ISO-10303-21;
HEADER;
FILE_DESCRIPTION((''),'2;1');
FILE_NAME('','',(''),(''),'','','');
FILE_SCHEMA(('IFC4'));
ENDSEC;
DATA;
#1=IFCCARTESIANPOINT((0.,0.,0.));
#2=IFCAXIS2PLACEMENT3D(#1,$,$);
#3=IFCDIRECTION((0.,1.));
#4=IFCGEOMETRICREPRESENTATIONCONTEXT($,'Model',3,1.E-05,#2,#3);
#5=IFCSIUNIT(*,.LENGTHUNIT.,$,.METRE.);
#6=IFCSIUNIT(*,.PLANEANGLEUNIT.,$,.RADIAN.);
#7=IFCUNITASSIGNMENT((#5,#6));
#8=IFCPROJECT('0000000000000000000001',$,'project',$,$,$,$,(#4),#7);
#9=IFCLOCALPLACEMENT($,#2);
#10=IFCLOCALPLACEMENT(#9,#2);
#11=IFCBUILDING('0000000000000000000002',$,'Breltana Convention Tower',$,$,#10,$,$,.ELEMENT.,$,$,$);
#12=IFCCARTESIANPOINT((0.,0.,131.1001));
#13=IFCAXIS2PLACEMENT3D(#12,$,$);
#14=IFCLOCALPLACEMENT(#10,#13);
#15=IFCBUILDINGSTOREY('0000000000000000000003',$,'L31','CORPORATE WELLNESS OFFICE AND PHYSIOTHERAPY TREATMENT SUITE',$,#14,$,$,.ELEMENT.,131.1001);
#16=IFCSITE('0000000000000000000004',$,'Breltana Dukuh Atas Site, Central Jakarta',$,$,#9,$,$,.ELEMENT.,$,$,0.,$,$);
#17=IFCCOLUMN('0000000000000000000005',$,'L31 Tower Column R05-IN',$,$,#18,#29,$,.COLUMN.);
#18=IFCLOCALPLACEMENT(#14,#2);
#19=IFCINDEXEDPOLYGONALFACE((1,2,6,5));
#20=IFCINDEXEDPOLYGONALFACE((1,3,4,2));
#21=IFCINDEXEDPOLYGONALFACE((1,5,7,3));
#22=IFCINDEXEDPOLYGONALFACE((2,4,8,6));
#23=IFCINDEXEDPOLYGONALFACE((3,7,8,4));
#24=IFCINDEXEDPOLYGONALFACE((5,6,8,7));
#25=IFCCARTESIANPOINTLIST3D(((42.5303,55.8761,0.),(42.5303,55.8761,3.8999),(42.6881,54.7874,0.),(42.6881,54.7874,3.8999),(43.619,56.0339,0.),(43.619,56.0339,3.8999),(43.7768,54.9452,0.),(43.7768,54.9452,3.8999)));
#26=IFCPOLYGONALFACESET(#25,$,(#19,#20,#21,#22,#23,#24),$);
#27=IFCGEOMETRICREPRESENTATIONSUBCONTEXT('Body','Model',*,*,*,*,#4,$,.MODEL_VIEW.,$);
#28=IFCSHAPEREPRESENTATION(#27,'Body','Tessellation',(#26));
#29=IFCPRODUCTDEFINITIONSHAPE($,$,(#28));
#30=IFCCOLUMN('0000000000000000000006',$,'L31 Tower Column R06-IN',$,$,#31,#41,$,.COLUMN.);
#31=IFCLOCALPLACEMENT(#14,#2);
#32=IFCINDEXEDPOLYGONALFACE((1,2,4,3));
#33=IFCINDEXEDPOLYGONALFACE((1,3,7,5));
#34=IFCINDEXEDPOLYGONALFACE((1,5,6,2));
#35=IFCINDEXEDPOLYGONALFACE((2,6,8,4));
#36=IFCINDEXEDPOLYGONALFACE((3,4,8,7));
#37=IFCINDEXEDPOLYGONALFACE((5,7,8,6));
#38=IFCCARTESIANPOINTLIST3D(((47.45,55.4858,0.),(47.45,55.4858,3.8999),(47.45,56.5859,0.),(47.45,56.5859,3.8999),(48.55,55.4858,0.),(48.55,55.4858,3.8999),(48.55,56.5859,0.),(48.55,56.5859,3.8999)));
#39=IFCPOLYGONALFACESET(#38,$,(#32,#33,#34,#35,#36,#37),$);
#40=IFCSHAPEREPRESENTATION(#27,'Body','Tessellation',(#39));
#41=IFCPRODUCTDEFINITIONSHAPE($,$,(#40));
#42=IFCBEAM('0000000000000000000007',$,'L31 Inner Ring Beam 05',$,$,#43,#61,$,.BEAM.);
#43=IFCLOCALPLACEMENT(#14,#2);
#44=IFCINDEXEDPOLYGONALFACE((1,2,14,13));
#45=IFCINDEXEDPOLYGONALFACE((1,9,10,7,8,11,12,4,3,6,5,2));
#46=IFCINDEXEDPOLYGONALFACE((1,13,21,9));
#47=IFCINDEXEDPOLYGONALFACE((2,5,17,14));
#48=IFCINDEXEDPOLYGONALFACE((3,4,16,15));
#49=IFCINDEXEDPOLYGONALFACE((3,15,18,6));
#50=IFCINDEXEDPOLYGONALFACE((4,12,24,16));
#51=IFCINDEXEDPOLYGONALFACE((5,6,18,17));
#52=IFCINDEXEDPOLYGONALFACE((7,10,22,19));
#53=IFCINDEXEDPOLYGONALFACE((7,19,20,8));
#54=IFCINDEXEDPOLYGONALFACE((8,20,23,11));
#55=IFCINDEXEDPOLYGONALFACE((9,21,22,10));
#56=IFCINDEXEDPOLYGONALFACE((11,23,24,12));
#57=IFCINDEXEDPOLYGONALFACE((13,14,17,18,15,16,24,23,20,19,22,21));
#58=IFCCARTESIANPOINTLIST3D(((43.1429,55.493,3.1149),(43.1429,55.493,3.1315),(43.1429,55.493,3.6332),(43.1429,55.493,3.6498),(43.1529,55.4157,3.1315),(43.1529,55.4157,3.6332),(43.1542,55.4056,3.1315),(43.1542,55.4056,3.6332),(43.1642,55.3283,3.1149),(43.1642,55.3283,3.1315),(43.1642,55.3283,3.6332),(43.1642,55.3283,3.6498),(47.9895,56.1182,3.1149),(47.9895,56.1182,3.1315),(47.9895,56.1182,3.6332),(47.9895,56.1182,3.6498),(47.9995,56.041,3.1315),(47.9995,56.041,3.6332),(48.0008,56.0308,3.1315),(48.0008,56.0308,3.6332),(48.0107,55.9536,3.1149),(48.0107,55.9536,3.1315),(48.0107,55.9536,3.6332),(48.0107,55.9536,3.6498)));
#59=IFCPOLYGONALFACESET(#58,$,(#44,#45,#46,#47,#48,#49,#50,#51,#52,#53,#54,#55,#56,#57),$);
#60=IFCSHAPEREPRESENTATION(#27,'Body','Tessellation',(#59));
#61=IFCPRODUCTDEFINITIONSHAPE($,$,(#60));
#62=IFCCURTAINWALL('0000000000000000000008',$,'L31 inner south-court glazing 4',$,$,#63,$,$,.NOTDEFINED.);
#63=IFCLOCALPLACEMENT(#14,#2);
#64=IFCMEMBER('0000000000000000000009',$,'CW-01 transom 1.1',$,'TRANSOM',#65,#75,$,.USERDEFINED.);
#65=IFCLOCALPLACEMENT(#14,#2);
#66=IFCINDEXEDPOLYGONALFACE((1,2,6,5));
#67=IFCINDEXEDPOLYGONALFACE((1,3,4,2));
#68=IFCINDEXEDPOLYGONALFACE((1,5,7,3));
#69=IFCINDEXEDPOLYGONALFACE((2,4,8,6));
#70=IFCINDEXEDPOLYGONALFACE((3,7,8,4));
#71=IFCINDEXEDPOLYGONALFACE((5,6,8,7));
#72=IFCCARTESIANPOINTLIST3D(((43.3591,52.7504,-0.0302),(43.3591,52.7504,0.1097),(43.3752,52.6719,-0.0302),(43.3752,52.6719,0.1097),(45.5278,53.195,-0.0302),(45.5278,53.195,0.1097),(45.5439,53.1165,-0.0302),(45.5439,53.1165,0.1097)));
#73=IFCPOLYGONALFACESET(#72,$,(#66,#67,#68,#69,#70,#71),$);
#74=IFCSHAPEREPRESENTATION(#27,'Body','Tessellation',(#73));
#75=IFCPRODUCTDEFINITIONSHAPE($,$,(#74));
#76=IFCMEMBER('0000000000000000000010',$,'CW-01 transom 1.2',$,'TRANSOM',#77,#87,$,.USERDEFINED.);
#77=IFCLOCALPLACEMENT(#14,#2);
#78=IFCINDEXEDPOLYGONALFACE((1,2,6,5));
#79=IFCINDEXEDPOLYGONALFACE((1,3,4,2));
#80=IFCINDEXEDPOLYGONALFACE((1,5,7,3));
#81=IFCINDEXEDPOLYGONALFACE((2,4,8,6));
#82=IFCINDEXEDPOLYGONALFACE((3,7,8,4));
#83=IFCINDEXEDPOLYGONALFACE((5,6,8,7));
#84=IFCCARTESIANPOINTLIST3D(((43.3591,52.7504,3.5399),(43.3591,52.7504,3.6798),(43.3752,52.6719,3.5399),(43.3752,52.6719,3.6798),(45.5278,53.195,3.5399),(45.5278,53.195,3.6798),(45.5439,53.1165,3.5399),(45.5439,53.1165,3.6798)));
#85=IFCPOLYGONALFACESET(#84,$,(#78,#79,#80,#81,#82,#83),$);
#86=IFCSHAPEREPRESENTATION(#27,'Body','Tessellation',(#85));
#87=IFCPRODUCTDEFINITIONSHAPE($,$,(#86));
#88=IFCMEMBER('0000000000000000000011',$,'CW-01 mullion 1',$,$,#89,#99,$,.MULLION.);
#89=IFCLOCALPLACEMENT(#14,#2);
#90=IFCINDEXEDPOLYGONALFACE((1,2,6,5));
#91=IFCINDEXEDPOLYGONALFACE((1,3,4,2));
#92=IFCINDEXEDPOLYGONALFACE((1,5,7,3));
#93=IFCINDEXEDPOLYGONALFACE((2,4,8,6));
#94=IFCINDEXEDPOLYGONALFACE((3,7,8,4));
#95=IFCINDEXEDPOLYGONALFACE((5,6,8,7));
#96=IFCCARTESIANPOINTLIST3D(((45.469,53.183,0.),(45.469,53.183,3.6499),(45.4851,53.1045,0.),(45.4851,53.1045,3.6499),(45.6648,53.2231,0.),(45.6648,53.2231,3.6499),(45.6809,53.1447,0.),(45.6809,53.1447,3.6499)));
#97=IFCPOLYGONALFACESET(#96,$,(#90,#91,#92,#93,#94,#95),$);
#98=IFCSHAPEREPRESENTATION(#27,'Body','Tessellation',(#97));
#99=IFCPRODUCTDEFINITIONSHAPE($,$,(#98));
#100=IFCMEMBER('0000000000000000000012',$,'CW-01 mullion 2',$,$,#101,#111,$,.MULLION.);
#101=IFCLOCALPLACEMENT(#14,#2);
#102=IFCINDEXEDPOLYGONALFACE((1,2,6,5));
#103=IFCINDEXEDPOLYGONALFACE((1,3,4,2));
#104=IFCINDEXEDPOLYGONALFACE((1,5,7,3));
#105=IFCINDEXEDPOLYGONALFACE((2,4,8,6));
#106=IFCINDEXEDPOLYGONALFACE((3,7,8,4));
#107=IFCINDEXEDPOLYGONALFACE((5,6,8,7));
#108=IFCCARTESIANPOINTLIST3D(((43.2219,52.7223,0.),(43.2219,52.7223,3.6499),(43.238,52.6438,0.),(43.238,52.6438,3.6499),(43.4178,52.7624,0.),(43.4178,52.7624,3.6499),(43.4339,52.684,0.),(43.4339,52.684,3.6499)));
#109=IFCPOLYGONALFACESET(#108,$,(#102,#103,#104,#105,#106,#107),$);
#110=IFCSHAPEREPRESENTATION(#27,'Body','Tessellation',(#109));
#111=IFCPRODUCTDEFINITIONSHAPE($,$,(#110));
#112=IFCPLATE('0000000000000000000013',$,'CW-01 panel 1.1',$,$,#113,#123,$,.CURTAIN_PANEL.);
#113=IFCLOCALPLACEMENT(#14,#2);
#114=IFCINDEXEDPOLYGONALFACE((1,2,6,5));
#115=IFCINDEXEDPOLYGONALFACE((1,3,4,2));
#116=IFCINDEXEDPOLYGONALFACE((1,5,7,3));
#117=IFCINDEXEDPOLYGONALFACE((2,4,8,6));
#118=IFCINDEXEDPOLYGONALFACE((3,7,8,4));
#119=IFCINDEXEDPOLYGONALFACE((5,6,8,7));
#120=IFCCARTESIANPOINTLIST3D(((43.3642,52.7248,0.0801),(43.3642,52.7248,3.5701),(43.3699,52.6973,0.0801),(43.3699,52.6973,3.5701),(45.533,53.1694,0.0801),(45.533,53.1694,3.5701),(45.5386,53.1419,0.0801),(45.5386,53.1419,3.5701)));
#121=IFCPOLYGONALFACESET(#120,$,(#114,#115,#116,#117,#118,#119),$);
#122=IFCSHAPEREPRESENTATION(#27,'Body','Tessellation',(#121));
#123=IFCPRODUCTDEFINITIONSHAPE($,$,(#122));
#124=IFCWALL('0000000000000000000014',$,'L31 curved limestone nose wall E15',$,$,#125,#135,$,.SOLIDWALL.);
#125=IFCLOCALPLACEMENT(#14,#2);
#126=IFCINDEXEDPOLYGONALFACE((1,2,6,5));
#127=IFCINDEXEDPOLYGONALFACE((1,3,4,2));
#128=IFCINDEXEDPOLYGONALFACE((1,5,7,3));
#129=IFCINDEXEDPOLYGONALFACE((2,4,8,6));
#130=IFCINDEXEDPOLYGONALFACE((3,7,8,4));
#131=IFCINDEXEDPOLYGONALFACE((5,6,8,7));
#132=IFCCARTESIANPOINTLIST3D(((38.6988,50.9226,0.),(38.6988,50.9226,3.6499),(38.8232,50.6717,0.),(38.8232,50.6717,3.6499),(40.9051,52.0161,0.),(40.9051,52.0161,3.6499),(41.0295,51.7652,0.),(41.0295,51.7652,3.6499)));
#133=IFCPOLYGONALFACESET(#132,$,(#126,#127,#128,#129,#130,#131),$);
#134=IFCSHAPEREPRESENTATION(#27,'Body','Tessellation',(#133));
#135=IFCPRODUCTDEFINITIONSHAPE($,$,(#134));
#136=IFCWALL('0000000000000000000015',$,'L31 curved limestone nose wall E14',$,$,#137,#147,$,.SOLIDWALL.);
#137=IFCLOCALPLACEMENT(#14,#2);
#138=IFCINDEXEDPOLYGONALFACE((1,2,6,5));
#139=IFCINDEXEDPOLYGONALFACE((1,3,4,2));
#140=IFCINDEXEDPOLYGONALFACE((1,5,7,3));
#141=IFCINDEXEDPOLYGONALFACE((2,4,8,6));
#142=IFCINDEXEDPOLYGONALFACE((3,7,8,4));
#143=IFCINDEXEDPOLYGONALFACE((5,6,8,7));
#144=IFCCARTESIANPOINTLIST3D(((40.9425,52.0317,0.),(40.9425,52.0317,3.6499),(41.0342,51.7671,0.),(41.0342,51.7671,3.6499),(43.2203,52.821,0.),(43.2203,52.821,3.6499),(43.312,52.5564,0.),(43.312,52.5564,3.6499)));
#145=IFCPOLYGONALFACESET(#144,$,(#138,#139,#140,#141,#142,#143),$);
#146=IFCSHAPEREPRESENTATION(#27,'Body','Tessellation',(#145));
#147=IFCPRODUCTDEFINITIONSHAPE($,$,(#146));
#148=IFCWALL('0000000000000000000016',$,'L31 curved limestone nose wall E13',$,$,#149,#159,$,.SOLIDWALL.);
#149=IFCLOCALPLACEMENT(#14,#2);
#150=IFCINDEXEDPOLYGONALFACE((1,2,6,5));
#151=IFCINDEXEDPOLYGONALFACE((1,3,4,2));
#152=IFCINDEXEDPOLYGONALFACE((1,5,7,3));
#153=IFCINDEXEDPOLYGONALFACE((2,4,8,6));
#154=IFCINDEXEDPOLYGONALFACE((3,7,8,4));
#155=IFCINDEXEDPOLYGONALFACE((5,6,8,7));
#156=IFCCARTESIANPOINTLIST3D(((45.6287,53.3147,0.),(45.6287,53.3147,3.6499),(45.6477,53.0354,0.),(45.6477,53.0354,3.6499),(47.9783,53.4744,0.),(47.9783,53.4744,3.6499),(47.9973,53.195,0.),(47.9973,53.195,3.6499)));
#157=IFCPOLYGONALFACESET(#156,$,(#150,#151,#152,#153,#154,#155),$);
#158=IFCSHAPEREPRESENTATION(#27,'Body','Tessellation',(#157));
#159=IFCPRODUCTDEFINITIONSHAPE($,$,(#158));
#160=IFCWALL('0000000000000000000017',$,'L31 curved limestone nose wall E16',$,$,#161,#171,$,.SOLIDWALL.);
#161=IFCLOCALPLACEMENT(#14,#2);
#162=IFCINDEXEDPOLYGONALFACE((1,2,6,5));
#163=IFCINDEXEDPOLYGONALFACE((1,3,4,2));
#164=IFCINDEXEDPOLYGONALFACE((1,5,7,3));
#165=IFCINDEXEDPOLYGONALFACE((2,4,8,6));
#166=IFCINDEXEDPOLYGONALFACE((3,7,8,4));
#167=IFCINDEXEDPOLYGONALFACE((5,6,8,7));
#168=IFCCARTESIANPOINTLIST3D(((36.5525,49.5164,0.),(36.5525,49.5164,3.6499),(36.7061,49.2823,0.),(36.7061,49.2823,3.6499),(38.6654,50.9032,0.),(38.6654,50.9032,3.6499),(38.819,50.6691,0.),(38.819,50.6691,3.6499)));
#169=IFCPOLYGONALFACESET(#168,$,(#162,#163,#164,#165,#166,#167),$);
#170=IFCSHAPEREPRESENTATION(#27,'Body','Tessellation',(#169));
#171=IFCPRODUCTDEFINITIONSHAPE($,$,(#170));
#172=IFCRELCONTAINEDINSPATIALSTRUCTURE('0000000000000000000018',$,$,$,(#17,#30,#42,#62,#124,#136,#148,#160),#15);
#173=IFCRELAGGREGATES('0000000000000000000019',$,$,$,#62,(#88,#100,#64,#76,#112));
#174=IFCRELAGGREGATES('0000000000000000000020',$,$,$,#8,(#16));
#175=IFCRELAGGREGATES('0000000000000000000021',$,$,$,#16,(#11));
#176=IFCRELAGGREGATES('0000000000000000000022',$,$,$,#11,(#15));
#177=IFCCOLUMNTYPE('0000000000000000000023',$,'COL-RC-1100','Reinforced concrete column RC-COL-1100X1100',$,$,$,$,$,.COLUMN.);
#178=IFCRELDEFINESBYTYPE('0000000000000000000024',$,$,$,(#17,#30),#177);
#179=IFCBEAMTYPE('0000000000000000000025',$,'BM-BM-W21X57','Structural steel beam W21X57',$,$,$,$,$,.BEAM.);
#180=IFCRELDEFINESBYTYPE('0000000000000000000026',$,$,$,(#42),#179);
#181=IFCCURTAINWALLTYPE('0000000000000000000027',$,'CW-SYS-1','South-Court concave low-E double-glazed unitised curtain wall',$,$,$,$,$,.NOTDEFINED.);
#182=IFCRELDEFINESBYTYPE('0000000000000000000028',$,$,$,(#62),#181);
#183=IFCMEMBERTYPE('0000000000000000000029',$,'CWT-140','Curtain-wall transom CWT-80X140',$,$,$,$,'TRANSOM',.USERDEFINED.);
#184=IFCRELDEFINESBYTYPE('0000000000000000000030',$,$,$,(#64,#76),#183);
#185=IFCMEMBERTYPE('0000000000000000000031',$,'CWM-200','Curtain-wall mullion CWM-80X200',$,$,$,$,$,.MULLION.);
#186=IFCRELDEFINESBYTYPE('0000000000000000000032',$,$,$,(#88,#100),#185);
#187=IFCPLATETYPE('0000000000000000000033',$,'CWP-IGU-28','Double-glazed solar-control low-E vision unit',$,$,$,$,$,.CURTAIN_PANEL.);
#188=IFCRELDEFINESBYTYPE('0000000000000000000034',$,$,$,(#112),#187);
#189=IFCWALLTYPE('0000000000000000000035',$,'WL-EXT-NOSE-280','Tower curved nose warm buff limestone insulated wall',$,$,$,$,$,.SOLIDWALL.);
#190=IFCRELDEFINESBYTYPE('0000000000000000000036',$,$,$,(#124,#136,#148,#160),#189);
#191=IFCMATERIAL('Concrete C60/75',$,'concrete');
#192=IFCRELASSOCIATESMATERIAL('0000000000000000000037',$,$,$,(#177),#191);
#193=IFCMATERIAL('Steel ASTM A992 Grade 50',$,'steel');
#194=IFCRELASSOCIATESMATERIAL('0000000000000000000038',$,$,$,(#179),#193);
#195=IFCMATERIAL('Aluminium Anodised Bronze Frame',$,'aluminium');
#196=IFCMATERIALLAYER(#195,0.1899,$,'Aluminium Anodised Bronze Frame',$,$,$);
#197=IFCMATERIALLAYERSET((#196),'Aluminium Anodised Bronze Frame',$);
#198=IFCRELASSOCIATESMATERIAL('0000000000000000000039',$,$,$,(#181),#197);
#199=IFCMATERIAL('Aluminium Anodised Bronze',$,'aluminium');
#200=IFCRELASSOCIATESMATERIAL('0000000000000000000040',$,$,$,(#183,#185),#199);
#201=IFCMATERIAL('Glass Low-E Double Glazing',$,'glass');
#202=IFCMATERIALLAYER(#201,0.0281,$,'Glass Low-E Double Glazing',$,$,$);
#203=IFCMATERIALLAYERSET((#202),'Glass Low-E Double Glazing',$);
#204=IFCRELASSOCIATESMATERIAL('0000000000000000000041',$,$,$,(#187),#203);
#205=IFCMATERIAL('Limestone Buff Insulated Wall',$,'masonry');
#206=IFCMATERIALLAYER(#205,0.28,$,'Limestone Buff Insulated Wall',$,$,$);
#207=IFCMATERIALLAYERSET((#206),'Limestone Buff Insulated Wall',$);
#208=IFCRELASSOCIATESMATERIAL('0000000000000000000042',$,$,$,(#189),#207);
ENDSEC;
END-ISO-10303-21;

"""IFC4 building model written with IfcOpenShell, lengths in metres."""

from ifc_helpers import new_model, si_unit, direction, frame, frame_2d, origin, origin_2d, place, context, subcontext, project, spatial, rectangle, i_section, extrude, source, transform, mapped, material, layer, layer_set, material_profile, profile_set, type_object, element, aggregate, save


model = new_model("IFC4")

# Units and contexts
model_context = context("Model", 3, precision=1e-05, world=origin(), true_north=direction((0.0, 1.0)))
body_context = subcontext(model_context, "Body", "Model", "MODEL_VIEW")
ifc_project = project(units=[si_unit("LENGTHUNIT", "METRE"), si_unit("PLANEANGLEUNIT", "RADIAN")], contexts=[model_context])

# Site, building, storey
site_placement = place(None, origin())
site = spatial("IfcSite", under=ifc_project, at=site_placement, Name="Breltana Dukuh Atas Site, Central Jakarta", CompositionType="ELEMENT", RefElevation=0.0)
building_placement = place(site_placement, origin())
building = spatial("IfcBuilding", under=site, at=building_placement, Name="Breltana Convention Tower", CompositionType="ELEMENT")
storey_placement = place(building_placement, frame((0.0, 0.0, 131.1001)))
storey = spatial("IfcBuildingStorey", under=building, at=storey_placement, Name="L31", Description="CORPORATE WELLNESS OFFICE AND PHYSIOTHERAPY TREATMENT SUITE", CompositionType="ELEMENT", Elevation=131.1001)

# Columns
ifc_material_1 = material(Name="Concrete C60/75", Category="concrete")
ifc_material_profile_1 = material_profile(ifc_material_1, rectangle(XDim=1.1001, YDim=1.1001, at=origin_2d()), Name="RC-COL-1100X1100")
ifc_profile_set_1 = profile_set([ifc_material_profile_1], Name="Concrete C60/75")
column_type = type_object("IfcColumnType", Name="COL-RC-1100", Description="Reinforced concrete column RC-COL-1100X1100", PredefinedType="COLUMN", material=ifc_profile_set_1)
shared_shape_1 = source(origin(), body_context, "Body", "SweptSolid", [
    extrude(rectangle(XDim=1.1001, YDim=1.1001, at=origin_2d()), origin(), (0.0, 0.0, 1.0), 3.8999),
])
for number, where, z_axis, x_axis, name in (
    (1, (43.1536, 55.4106, 0.0), (0.0, 0.0, 1.0), (-0.143493, 0.989651, 0.0), "L31 Tower Column R05-IN"),
    (2, (48.0, 56.0359, 0.0), (0.0, 0.0, 1.0), (0.0, 1.0, 0.0), "L31 Tower Column R06-IN"),
):
    element("IfcColumn", number, at=place(storey_placement, frame(where, z_axis=z_axis, x_axis=x_axis)), inside=storey, type_object=column_type, Name=name, PredefinedType="COLUMN", context=body_context, shape_type="MappedRepresentation", body=[
        mapped(shared_shape_1, transform((0.0, 0.0, 0.0), scale=1.0)),
    ])

# Beam
ifc_material_2 = material(Name="Steel ASTM A992 Grade 50", Category="steel")
ifc_material_profile_2 = material_profile(ifc_material_2, i_section(OverallWidth=0.166, OverallDepth=0.5349, WebThickness=0.0103, FlangeThickness=0.0166, at=origin_2d()), Name="W21X57")
ifc_profile_set_2 = profile_set([ifc_material_profile_2], Name="Steel ASTM A992 Grade 50")
beam_type = type_object("IfcBeamType", Name="BM-BM-W21X57", Description="Structural steel beam W21X57", PredefinedType="BEAM", material=ifc_profile_set_2)
shared_shape_2 = source(origin(), body_context, "Body", "SweptSolid", [
    extrude(i_section(OverallWidth=0.166, OverallDepth=0.5349, WebThickness=0.0103, FlangeThickness=0.0166, at=origin_2d()), origin(), (0.0, 0.0, 1.0), 4.8867),
])
beam_placement = place(storey_placement, frame((43.1536, 55.4106, 3.3823), z_axis=(0.991781, 0.127951, 0.0), x_axis=(-0.127951, 0.991781, 0.0)))
element("IfcBeam", 3, at=beam_placement, inside=storey, type_object=beam_type, Name="L31 Inner Ring Beam 05", PredefinedType="BEAM", context=body_context, shape_type="MappedRepresentation", body=[
    mapped(shared_shape_2, transform((0.0, 0.0, 0.0), scale=1.0)),
])

# Curtain wall, members, plate
ifc_material_3 = material(Name="Aluminium Anodised Bronze Frame", Category="aluminium")
ifc_layer_1 = layer(ifc_material_3, 0.1899, Name="Aluminium Anodised Bronze Frame")
ifc_layer_set_1 = layer_set([ifc_layer_1], Name="Aluminium Anodised Bronze Frame")
curtain_wall_type = type_object("IfcCurtainWallType", Name="CW-SYS-1", Description="South-Court concave low-E double-glazed unitised curtain wall", PredefinedType="NOTDEFINED", material=ifc_layer_set_1)
curtain_wall_placement = place(storey_placement, origin())
curtain_wall = element("IfcCurtainWall", 4, at=curtain_wall_placement, inside=storey, type_object=curtain_wall_type, Name="L31 inner south-court glazing 4", PredefinedType="NOTDEFINED")
ifc_material_4 = material(Name="Aluminium Anodised Bronze", Category="aluminium")
ifc_material_profile_3 = material_profile(ifc_material_4, rectangle(XDim=0.0801, YDim=0.1399, at=origin_2d()), Name="CWT-80X140")
ifc_profile_set_3 = profile_set([ifc_material_profile_3], Name="Aluminium Anodised Bronze")
member_type_1 = type_object("IfcMemberType", Name="CWT-140", Description="Curtain-wall transom CWT-80X140", ElementType="TRANSOM", PredefinedType="USERDEFINED", material=ifc_profile_set_3)
shared_shape_3 = source(origin(), body_context, "Body", "SweptSolid", [
    extrude(rectangle(XDim=0.0801, YDim=0.1399, at=origin_2d()), origin(), (0.0, 0.0, 1.0), 2.2139),
])
member_1_placement = place(storey_placement, frame((45.5359, 53.1558, 0.0398), z_axis=(-0.979628, -0.200822, 0.0), x_axis=(0.200822, -0.979628, 0.0)))
member_1 = element("IfcMember", 5, at=member_1_placement, type_object=member_type_1, Name="CW-01 transom 1.1", ObjectType="TRANSOM", PredefinedType="USERDEFINED", context=body_context, shape_type="MappedRepresentation", body=[
    mapped(shared_shape_3, transform((0.0, 0.0, 0.0), scale=1.0)),
])
member_2_placement = place(storey_placement, frame((45.5359, 53.1558, 3.6099), z_axis=(-0.979628, -0.200822, 0.0), x_axis=(0.200822, -0.979628, 0.0)))
member_2 = element("IfcMember", 6, at=member_2_placement, type_object=member_type_1, Name="CW-01 transom 1.2", ObjectType="TRANSOM", PredefinedType="USERDEFINED", context=body_context, shape_type="MappedRepresentation", body=[
    mapped(shared_shape_3, transform((0.0, 0.0, 0.0), scale=1.0)),
])
ifc_material_profile_4 = material_profile(ifc_material_4, rectangle(XDim=0.0801, YDim=0.2, at=origin_2d()), Name="CWM-80X200")
ifc_profile_set_4 = profile_set([ifc_material_profile_4], Name="Aluminium Anodised Bronze")
member_type_2 = type_object("IfcMemberType", Name="CWM-200", Description="Curtain-wall mullion CWM-80X200", PredefinedType="MULLION", material=ifc_profile_set_4)
shared_shape_4 = source(origin(), body_context, "Body", "SweptSolid", [
    extrude(rectangle(XDim=0.0801, YDim=0.2, at=origin_2d()), origin(), (0.0, 0.0, 1.0), 3.6499),
])
member_3_placement = place(storey_placement, frame((45.575, 53.1638, 0.0), z_axis=(0.0, 0.0, 1.0), x_axis=(0.200853, -0.979621, 0.0)))
member_3 = element("IfcMember", 7, at=member_3_placement, type_object=member_type_2, Name="CW-01 mullion 1", PredefinedType="MULLION", context=body_context, shape_type="MappedRepresentation", body=[
    mapped(shared_shape_4, transform((0.0, 0.0, 0.0), scale=1.0)),
])
member_4_placement = place(storey_placement, frame((43.3279, 52.7031, 0.0), z_axis=(0.0, 0.0, 1.0), x_axis=(0.200853, -0.979621, 0.0)))
member_4 = element("IfcMember", 8, at=member_4_placement, type_object=member_type_2, Name="CW-01 mullion 2", PredefinedType="MULLION", context=body_context, shape_type="MappedRepresentation", body=[
    mapped(shared_shape_4, transform((0.0, 0.0, 0.0), scale=1.0)),
])
ifc_material_5 = material(Name="Glass Low-E Double Glazing", Category="glass")
ifc_layer_2 = layer(ifc_material_5, 0.0281, Name="Glass Low-E Double Glazing")
ifc_layer_set_2 = layer_set([ifc_layer_2], Name="Glass Low-E Double Glazing")
plate_type = type_object("IfcPlateType", Name="CWP-IGU-28", Description="Double-glazed solar-control low-E vision unit", PredefinedType="CURTAIN_PANEL", material=ifc_layer_set_2)
shared_shape_5 = source(origin(), body_context, "Body", "SweptSolid", [
    extrude(rectangle(XDim=2.2139, YDim=0.0281, at=origin_2d()), origin(), (0.0, 0.0, 1.0), 3.49),
])
plate_placement = place(storey_placement, frame((44.4514, 52.9333, 0.0801), z_axis=(0.0, 0.0, 1.0), x_axis=(-0.979621, -0.200853, 0.0)))
plate = element("IfcPlate", 9, at=plate_placement, type_object=plate_type, Name="CW-01 panel 1.1", PredefinedType="CURTAIN_PANEL", context=body_context, shape_type="MappedRepresentation", body=[
    mapped(shared_shape_5, transform((0.0, 0.0, 0.0), scale=1.0)),
])
aggregate(curtain_wall, [member_3, member_4, member_1, member_2, plate])

# Walls
ifc_material_6 = material(Name="Limestone Buff Insulated Wall", Category="masonry")
ifc_layer_3 = layer(ifc_material_6, 0.28, Name="Limestone Buff Insulated Wall")
ifc_layer_set_3 = layer_set([ifc_layer_3], Name="Limestone Buff Insulated Wall")
wall_type_1 = type_object("IfcWallType", Name="WL-EXT-NOSE-280", Description="Tower curved nose warm buff limestone insulated wall", PredefinedType="SOLIDWALL", material=ifc_layer_set_3)
shared_shape_6 = source(origin(), body_context, "Body", "SweptSolid", [
    extrude(rectangle(XDim=2.4624, YDim=0.28, at=frame_2d((1.2312, 0.0))), origin(), (0.0, 0.0, 1.0), 3.6499),
])
wall_1_placement = place(storey_placement, frame((40.9673, 51.8906, 0.0), z_axis=(0.0, 0.0, 1.0), x_axis=(-0.895988, -0.444078, 0.0)))
element("IfcWall", 10, at=wall_1_placement, inside=storey, type_object=wall_type_1, Name="L31 curved limestone nose wall E15", PredefinedType="SOLIDWALL", context=body_context, shape_type="MappedRepresentation", body=[
    mapped(shared_shape_6, transform((0.0, 0.0, 0.0), scale=1.0)),
])
shared_shape_7 = source(origin(), body_context, "Body", "SweptSolid", [
    extrude(rectangle(XDim=2.4106, YDim=0.28, at=frame_2d((1.2053, 0.0))), origin(), (0.0, 0.0, 1.0), 3.6499),
])
wall_2_placement = place(storey_placement, frame((43.2661, 52.6887, 0.0), z_axis=(0.0, 0.0, 1.0), x_axis=(-0.94488, -0.327417, 0.0)))
element("IfcWall", 11, at=wall_2_placement, inside=storey, type_object=wall_type_1, Name="L31 curved limestone nose wall E14", PredefinedType="SOLIDWALL", context=body_context, shape_type="MappedRepresentation", body=[
    mapped(shared_shape_7, transform((0.0, 0.0, 0.0), scale=1.0)),
])
shared_shape_8 = source(origin(), body_context, "Body", "SweptSolid", [
    extrude(rectangle(XDim=2.355, YDim=0.28, at=frame_2d((1.1775, 0.0))), origin(), (0.0, 0.0, 1.0), 3.6499),
])
wall_3_placement = place(storey_placement, frame((47.9878, 53.3347, 0.0), z_axis=(0.0, 0.0, 1.0), x_axis=(-0.997699, -0.067799, 0.0)))
element("IfcWall", 12, at=wall_3_placement, inside=storey, type_object=wall_type_1, Name="L31 curved limestone nose wall E13", PredefinedType="SOLIDWALL", context=body_context, shape_type="MappedRepresentation", body=[
    mapped(shared_shape_8, transform((0.0, 0.0, 0.0), scale=1.0)),
])
shared_shape_9 = source(origin(), body_context, "Body", "SweptSolid", [
    extrude(rectangle(XDim=2.5273, YDim=0.28, at=frame_2d((1.2637, 0.0))), origin(), (0.0, 0.0, 1.0), 3.6499),
])
wall_4_placement = place(storey_placement, frame((38.7422, 50.7861, 0.0), z_axis=(0.0, 0.0, 1.0), x_axis=(-0.836012, -0.548711, 0.0)))
element("IfcWall", 13, at=wall_4_placement, inside=storey, type_object=wall_type_1, Name="L31 curved limestone nose wall E16", PredefinedType="SOLIDWALL", context=body_context, shape_type="MappedRepresentation", body=[
    mapped(shared_shape_9, transform((0.0, 0.0, 0.0), scale=1.0)),
])

save(model, "model.ifc")
